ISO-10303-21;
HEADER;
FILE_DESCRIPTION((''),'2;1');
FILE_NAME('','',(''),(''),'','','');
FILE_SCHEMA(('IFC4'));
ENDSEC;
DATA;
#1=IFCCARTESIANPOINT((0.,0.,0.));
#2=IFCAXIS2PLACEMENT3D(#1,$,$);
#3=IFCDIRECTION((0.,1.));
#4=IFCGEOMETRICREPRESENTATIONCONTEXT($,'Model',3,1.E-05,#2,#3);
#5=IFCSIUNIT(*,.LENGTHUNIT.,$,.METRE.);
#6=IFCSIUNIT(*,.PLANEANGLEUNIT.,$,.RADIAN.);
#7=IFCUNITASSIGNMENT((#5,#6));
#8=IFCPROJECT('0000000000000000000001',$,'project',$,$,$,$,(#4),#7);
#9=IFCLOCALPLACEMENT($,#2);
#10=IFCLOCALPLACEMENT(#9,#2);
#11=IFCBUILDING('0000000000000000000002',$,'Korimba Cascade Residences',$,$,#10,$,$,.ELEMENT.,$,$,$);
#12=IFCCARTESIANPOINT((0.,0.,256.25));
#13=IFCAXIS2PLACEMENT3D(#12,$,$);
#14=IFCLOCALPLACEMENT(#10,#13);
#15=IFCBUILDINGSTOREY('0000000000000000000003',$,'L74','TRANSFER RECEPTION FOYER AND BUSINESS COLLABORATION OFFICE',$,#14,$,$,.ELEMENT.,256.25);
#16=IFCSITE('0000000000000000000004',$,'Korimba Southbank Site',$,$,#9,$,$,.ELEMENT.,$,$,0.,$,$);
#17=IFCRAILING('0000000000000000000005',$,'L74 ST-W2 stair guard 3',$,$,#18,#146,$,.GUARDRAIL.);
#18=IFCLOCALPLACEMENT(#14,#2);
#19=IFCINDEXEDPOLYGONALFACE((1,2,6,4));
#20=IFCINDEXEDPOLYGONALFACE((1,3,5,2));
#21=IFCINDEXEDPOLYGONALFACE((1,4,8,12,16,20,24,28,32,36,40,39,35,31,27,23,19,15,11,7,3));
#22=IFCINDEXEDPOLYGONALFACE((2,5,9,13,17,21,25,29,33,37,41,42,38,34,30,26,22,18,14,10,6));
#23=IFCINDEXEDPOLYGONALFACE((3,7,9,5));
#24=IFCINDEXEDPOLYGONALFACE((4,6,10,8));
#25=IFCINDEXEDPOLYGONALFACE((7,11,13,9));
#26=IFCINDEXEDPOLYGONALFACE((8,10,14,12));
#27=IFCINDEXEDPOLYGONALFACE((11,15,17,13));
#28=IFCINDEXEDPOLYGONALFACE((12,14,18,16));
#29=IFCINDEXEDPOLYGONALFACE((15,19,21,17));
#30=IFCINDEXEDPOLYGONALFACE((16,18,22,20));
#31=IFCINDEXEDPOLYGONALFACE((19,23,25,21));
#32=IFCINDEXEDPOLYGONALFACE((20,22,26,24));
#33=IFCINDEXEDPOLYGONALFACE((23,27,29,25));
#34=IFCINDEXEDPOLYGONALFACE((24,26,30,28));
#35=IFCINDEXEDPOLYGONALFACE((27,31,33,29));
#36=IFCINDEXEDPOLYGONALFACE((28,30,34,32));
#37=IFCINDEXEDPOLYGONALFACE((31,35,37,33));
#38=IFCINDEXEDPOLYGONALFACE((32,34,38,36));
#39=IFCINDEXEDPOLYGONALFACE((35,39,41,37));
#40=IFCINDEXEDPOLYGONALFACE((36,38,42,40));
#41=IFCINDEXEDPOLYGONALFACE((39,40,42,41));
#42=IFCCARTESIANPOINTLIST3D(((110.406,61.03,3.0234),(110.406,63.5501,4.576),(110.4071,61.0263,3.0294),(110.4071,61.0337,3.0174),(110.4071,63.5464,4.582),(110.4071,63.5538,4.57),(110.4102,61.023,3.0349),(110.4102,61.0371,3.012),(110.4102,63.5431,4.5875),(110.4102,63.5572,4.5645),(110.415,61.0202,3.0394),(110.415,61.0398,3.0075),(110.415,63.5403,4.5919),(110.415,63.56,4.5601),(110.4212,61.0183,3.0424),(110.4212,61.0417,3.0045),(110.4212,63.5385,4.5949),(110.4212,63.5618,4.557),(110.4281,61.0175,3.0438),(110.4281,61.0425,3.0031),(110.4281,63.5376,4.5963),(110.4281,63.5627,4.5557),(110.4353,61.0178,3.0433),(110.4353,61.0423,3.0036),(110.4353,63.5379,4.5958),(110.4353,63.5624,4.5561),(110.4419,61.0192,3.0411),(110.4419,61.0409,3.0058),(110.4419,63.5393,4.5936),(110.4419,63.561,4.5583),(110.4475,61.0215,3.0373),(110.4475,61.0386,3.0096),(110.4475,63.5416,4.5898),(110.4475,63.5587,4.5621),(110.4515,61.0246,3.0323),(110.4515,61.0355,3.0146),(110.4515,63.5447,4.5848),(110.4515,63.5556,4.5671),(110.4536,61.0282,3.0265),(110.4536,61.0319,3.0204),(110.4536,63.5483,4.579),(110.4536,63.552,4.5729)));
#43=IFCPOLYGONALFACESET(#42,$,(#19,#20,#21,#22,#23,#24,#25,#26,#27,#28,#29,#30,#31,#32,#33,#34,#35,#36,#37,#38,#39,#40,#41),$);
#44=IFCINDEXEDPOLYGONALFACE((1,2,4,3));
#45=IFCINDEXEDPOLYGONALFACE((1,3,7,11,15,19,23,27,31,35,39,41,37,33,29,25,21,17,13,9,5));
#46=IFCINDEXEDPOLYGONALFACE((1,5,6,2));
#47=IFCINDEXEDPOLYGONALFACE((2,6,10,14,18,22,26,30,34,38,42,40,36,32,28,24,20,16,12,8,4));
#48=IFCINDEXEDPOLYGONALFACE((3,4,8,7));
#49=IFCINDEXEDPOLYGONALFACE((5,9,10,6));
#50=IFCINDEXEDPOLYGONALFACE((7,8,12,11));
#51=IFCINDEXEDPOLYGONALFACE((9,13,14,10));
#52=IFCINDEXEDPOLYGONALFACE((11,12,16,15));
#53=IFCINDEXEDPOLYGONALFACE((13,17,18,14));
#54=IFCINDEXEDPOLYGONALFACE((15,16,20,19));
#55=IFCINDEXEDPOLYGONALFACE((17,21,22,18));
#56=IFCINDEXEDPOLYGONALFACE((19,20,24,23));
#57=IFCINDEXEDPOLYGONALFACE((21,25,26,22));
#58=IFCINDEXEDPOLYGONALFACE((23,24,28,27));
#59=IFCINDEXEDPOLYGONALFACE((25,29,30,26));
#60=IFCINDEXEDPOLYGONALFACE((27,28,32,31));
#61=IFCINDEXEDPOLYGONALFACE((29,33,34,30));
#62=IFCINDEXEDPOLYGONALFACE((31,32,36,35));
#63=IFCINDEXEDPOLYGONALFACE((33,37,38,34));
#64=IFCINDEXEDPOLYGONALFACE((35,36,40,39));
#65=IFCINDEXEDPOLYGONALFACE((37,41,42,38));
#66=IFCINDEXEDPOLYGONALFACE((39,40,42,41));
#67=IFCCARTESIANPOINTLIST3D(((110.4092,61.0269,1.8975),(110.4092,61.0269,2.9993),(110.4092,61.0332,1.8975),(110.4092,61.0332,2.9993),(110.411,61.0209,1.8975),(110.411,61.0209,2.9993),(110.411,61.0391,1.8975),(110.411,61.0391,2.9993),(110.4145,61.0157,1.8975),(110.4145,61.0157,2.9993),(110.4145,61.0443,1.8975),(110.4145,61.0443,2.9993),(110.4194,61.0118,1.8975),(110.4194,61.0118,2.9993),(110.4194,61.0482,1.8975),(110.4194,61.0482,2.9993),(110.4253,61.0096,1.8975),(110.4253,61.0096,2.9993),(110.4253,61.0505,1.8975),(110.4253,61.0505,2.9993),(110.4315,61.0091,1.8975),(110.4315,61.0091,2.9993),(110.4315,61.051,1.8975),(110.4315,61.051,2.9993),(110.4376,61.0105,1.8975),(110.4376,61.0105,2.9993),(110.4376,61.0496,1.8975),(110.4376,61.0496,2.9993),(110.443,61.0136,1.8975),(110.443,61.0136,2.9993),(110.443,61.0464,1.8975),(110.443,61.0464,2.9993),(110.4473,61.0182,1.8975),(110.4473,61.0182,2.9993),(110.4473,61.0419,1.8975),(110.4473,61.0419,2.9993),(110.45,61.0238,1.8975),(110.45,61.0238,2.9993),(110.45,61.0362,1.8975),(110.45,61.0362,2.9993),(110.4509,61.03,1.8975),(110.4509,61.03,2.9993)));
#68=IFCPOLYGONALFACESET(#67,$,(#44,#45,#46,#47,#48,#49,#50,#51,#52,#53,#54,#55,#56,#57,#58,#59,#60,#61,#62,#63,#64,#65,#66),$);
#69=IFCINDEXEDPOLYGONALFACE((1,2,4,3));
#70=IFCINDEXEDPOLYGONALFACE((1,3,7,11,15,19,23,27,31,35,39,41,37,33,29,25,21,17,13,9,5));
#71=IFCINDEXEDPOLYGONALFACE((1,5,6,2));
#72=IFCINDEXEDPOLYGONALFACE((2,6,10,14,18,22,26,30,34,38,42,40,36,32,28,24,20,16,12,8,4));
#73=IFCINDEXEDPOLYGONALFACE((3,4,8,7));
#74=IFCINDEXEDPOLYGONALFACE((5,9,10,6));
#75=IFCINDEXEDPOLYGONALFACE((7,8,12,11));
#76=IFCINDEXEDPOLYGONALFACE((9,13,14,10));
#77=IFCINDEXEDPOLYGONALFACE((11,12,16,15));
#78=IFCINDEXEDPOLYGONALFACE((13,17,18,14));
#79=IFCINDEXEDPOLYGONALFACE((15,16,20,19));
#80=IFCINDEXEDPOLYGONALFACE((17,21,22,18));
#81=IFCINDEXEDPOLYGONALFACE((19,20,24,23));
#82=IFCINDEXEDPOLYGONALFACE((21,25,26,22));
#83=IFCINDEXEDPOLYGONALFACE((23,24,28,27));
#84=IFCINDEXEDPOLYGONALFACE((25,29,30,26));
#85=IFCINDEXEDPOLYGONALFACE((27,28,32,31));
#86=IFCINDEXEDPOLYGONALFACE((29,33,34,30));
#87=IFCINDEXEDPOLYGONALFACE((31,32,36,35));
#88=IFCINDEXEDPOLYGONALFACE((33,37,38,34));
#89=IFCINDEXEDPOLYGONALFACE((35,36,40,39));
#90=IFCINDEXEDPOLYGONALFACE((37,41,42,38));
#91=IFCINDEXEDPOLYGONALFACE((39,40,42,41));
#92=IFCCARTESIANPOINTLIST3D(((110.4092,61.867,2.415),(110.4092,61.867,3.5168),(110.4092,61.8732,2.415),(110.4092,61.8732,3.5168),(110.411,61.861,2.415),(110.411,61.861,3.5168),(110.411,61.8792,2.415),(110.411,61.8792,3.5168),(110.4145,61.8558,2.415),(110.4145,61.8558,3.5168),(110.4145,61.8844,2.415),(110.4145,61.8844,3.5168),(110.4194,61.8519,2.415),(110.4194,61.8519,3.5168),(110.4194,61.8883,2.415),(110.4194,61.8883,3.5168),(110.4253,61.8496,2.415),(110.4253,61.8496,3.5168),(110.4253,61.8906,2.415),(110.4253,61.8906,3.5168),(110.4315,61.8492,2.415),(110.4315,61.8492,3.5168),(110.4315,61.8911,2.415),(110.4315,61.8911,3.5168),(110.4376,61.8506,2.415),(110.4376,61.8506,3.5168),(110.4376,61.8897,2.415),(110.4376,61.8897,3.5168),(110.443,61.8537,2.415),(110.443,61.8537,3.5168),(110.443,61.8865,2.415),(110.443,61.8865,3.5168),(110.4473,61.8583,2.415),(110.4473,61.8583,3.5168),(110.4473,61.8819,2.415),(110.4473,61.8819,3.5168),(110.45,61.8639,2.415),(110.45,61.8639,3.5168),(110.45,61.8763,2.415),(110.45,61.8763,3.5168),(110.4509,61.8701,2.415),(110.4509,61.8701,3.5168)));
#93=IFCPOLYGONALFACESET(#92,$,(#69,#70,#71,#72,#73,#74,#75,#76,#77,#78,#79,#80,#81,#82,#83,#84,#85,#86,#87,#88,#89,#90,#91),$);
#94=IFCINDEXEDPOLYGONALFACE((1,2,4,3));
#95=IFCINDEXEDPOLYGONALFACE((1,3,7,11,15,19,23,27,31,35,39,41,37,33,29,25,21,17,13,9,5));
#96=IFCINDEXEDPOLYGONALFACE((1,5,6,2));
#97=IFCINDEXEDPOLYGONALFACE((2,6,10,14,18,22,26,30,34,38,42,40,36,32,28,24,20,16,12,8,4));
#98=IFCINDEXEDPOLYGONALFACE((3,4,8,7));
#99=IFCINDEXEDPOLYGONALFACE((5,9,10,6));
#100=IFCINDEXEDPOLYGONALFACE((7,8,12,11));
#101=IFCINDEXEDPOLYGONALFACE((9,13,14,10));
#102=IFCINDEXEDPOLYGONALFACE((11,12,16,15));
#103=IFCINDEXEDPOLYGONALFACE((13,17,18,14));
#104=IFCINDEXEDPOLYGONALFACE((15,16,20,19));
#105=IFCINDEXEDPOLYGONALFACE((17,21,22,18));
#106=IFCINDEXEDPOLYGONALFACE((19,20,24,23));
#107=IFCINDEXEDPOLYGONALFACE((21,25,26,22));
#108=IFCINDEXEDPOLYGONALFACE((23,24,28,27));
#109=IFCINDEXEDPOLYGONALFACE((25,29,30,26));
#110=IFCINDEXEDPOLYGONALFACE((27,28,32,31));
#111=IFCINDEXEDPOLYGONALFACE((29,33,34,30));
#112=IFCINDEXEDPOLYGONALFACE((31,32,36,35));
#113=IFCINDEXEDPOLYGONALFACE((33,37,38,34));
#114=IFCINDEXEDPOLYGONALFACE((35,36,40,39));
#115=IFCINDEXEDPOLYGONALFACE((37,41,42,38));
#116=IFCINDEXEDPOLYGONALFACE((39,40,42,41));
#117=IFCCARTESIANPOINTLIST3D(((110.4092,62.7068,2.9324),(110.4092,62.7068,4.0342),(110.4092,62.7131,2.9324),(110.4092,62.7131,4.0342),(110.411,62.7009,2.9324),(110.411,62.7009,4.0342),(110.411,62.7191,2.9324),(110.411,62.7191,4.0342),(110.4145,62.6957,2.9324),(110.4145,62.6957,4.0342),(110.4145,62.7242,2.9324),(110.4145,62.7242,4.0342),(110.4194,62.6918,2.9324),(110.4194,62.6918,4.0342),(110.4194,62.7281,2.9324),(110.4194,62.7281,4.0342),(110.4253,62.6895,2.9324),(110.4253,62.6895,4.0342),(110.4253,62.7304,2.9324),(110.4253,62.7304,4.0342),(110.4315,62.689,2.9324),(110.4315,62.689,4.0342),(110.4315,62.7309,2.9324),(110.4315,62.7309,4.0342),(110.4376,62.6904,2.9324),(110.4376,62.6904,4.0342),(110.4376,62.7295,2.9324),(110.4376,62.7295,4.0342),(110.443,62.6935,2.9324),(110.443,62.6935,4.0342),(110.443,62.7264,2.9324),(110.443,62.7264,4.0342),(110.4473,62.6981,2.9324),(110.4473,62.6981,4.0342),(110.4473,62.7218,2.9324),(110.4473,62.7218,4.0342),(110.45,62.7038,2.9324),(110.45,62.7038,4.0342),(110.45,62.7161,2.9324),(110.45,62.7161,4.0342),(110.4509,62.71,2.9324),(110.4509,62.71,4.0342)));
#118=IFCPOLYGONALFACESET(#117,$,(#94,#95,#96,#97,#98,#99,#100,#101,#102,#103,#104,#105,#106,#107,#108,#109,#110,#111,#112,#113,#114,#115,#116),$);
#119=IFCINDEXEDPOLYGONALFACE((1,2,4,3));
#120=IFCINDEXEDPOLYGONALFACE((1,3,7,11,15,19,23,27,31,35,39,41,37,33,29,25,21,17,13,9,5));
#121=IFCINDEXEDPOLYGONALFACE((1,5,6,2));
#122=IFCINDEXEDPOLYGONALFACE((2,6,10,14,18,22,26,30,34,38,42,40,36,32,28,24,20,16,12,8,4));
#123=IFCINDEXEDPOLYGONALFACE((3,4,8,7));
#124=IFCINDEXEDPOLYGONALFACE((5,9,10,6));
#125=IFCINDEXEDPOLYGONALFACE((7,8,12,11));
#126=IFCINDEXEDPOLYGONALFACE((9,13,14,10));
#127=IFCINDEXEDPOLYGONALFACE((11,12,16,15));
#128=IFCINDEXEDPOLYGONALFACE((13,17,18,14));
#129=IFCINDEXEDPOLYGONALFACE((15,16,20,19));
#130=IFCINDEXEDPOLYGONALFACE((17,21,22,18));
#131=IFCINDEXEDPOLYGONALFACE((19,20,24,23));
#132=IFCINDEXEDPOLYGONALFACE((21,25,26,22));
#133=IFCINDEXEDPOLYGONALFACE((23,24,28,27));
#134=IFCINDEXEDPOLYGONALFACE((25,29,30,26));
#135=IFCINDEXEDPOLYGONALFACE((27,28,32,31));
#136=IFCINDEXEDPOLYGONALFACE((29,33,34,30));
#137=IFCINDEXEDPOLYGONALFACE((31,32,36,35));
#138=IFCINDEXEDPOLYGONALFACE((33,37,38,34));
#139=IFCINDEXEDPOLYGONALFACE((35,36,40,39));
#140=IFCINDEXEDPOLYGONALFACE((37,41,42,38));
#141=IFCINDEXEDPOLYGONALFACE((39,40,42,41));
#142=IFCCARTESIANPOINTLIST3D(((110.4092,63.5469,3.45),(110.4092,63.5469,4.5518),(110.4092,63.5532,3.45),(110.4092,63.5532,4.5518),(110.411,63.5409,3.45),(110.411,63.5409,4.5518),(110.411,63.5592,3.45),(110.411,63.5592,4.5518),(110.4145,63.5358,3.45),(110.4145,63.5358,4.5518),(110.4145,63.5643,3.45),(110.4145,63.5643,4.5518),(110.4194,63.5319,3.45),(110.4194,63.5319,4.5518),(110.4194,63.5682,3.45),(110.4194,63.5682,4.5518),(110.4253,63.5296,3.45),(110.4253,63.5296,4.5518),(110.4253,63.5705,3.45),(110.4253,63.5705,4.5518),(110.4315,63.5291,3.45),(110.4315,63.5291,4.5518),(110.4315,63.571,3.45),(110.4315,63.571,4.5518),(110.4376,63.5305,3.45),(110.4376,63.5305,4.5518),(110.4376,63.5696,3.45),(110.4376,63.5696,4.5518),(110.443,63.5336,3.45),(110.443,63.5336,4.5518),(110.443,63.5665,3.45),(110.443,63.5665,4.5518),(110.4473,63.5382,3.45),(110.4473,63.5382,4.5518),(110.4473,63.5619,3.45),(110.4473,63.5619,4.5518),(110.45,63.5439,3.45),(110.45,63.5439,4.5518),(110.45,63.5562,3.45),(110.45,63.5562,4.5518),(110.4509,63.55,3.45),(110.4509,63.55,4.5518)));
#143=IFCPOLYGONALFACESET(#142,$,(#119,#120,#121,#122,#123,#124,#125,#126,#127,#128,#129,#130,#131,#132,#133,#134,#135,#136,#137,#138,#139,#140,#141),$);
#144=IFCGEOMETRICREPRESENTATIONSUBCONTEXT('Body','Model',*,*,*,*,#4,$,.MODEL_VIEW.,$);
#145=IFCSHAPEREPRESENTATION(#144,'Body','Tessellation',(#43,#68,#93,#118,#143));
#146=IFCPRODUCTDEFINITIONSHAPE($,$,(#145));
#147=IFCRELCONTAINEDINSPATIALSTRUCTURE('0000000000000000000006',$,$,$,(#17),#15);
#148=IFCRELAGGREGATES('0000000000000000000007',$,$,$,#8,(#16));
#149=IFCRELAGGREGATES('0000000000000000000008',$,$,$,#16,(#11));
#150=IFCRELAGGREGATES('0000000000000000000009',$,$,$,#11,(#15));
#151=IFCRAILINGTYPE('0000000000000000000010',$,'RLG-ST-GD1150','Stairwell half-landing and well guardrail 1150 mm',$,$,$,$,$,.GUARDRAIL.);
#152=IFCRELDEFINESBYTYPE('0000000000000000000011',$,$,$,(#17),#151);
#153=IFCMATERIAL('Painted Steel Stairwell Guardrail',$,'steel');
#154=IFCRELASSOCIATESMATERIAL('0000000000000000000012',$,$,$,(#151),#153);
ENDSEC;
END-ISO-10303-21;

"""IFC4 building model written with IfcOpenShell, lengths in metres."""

from ifc_helpers import new_model, si_unit, direction, frame, origin, origin_2d, place, context, subcontext, project, spatial, circle, extrude, material, type_object, element, save


model = new_model("IFC4")

# Units and contexts
model_context = context("Model", 3, precision=1e-05, world=origin(), true_north=direction((0.0, 1.0)))
body_context = subcontext(model_context, "Body", "Model", "MODEL_VIEW")
ifc_project = project(units=[si_unit("LENGTHUNIT", "METRE"), si_unit("PLANEANGLEUNIT", "RADIAN")], contexts=[model_context])

# Site, building, storey
site_placement = place(None, origin())
site = spatial("IfcSite", under=ifc_project, at=site_placement, Name="Korimba Southbank Site", CompositionType="ELEMENT", RefElevation=0.0)
building_placement = place(site_placement, origin())
building = spatial("IfcBuilding", under=site, at=building_placement, Name="Korimba Cascade Residences", CompositionType="ELEMENT")
storey_placement = place(building_placement, frame((0.0, 0.0, 256.25)))
storey = spatial("IfcBuildingStorey", under=building, at=storey_placement, Name="L74", Description="TRANSFER RECEPTION FOYER AND BUSINESS COLLABORATION OFFICE", CompositionType="ELEMENT", Elevation=256.25)

# Railing
ifc_material_1 = material(Name="Painted Steel Stairwell Guardrail", Category="steel")
railing_type_1 = type_object("IfcRailingType", Name="RLG-ST-GD1150", Description="Stairwell half-landing and well guardrail 1150 mm", PredefinedType="GUARDRAIL", material=ifc_material_1)
railing_1_placement = place(storey_placement, frame((110.4299, 61.03, 1.8975)))
element("IfcRailing", 1, at=railing_1_placement, inside=storey, type_object=railing_type_1, Name="L74 ST-W2 stair guard 3", PredefinedType="GUARDRAIL", context=body_context, shape_type="SweptSolid", body=[
    extrude(circle(Radius=0.0239, at=origin_2d()), frame((0.0, 0.0, 1.126), z_axis=(0.0, 0.8514, 0.524516), x_axis=(-1.0, 0.0, 0.0)), (0.0, 0.0, 1.0), 2.96),
    extrude(circle(Radius=0.021, at=origin_2d()), origin(), (0.0, 0.0, 1.0), 1.1018),
    extrude(circle(Radius=0.021, at=origin_2d()), frame((0.0, 0.8401, 0.5176)), (0.0, 0.0, 1.0), 1.1018),
    extrude(circle(Radius=0.021, at=origin_2d()), frame((0.0, 1.6799, 1.0349)), (0.0, 0.0, 1.0), 1.1018),
    extrude(circle(Radius=0.021, at=origin_2d()), frame((0.0, 2.52, 1.5525)), (0.0, 0.0, 1.0), 1.1018),
])

save(model, "model.ifc")
